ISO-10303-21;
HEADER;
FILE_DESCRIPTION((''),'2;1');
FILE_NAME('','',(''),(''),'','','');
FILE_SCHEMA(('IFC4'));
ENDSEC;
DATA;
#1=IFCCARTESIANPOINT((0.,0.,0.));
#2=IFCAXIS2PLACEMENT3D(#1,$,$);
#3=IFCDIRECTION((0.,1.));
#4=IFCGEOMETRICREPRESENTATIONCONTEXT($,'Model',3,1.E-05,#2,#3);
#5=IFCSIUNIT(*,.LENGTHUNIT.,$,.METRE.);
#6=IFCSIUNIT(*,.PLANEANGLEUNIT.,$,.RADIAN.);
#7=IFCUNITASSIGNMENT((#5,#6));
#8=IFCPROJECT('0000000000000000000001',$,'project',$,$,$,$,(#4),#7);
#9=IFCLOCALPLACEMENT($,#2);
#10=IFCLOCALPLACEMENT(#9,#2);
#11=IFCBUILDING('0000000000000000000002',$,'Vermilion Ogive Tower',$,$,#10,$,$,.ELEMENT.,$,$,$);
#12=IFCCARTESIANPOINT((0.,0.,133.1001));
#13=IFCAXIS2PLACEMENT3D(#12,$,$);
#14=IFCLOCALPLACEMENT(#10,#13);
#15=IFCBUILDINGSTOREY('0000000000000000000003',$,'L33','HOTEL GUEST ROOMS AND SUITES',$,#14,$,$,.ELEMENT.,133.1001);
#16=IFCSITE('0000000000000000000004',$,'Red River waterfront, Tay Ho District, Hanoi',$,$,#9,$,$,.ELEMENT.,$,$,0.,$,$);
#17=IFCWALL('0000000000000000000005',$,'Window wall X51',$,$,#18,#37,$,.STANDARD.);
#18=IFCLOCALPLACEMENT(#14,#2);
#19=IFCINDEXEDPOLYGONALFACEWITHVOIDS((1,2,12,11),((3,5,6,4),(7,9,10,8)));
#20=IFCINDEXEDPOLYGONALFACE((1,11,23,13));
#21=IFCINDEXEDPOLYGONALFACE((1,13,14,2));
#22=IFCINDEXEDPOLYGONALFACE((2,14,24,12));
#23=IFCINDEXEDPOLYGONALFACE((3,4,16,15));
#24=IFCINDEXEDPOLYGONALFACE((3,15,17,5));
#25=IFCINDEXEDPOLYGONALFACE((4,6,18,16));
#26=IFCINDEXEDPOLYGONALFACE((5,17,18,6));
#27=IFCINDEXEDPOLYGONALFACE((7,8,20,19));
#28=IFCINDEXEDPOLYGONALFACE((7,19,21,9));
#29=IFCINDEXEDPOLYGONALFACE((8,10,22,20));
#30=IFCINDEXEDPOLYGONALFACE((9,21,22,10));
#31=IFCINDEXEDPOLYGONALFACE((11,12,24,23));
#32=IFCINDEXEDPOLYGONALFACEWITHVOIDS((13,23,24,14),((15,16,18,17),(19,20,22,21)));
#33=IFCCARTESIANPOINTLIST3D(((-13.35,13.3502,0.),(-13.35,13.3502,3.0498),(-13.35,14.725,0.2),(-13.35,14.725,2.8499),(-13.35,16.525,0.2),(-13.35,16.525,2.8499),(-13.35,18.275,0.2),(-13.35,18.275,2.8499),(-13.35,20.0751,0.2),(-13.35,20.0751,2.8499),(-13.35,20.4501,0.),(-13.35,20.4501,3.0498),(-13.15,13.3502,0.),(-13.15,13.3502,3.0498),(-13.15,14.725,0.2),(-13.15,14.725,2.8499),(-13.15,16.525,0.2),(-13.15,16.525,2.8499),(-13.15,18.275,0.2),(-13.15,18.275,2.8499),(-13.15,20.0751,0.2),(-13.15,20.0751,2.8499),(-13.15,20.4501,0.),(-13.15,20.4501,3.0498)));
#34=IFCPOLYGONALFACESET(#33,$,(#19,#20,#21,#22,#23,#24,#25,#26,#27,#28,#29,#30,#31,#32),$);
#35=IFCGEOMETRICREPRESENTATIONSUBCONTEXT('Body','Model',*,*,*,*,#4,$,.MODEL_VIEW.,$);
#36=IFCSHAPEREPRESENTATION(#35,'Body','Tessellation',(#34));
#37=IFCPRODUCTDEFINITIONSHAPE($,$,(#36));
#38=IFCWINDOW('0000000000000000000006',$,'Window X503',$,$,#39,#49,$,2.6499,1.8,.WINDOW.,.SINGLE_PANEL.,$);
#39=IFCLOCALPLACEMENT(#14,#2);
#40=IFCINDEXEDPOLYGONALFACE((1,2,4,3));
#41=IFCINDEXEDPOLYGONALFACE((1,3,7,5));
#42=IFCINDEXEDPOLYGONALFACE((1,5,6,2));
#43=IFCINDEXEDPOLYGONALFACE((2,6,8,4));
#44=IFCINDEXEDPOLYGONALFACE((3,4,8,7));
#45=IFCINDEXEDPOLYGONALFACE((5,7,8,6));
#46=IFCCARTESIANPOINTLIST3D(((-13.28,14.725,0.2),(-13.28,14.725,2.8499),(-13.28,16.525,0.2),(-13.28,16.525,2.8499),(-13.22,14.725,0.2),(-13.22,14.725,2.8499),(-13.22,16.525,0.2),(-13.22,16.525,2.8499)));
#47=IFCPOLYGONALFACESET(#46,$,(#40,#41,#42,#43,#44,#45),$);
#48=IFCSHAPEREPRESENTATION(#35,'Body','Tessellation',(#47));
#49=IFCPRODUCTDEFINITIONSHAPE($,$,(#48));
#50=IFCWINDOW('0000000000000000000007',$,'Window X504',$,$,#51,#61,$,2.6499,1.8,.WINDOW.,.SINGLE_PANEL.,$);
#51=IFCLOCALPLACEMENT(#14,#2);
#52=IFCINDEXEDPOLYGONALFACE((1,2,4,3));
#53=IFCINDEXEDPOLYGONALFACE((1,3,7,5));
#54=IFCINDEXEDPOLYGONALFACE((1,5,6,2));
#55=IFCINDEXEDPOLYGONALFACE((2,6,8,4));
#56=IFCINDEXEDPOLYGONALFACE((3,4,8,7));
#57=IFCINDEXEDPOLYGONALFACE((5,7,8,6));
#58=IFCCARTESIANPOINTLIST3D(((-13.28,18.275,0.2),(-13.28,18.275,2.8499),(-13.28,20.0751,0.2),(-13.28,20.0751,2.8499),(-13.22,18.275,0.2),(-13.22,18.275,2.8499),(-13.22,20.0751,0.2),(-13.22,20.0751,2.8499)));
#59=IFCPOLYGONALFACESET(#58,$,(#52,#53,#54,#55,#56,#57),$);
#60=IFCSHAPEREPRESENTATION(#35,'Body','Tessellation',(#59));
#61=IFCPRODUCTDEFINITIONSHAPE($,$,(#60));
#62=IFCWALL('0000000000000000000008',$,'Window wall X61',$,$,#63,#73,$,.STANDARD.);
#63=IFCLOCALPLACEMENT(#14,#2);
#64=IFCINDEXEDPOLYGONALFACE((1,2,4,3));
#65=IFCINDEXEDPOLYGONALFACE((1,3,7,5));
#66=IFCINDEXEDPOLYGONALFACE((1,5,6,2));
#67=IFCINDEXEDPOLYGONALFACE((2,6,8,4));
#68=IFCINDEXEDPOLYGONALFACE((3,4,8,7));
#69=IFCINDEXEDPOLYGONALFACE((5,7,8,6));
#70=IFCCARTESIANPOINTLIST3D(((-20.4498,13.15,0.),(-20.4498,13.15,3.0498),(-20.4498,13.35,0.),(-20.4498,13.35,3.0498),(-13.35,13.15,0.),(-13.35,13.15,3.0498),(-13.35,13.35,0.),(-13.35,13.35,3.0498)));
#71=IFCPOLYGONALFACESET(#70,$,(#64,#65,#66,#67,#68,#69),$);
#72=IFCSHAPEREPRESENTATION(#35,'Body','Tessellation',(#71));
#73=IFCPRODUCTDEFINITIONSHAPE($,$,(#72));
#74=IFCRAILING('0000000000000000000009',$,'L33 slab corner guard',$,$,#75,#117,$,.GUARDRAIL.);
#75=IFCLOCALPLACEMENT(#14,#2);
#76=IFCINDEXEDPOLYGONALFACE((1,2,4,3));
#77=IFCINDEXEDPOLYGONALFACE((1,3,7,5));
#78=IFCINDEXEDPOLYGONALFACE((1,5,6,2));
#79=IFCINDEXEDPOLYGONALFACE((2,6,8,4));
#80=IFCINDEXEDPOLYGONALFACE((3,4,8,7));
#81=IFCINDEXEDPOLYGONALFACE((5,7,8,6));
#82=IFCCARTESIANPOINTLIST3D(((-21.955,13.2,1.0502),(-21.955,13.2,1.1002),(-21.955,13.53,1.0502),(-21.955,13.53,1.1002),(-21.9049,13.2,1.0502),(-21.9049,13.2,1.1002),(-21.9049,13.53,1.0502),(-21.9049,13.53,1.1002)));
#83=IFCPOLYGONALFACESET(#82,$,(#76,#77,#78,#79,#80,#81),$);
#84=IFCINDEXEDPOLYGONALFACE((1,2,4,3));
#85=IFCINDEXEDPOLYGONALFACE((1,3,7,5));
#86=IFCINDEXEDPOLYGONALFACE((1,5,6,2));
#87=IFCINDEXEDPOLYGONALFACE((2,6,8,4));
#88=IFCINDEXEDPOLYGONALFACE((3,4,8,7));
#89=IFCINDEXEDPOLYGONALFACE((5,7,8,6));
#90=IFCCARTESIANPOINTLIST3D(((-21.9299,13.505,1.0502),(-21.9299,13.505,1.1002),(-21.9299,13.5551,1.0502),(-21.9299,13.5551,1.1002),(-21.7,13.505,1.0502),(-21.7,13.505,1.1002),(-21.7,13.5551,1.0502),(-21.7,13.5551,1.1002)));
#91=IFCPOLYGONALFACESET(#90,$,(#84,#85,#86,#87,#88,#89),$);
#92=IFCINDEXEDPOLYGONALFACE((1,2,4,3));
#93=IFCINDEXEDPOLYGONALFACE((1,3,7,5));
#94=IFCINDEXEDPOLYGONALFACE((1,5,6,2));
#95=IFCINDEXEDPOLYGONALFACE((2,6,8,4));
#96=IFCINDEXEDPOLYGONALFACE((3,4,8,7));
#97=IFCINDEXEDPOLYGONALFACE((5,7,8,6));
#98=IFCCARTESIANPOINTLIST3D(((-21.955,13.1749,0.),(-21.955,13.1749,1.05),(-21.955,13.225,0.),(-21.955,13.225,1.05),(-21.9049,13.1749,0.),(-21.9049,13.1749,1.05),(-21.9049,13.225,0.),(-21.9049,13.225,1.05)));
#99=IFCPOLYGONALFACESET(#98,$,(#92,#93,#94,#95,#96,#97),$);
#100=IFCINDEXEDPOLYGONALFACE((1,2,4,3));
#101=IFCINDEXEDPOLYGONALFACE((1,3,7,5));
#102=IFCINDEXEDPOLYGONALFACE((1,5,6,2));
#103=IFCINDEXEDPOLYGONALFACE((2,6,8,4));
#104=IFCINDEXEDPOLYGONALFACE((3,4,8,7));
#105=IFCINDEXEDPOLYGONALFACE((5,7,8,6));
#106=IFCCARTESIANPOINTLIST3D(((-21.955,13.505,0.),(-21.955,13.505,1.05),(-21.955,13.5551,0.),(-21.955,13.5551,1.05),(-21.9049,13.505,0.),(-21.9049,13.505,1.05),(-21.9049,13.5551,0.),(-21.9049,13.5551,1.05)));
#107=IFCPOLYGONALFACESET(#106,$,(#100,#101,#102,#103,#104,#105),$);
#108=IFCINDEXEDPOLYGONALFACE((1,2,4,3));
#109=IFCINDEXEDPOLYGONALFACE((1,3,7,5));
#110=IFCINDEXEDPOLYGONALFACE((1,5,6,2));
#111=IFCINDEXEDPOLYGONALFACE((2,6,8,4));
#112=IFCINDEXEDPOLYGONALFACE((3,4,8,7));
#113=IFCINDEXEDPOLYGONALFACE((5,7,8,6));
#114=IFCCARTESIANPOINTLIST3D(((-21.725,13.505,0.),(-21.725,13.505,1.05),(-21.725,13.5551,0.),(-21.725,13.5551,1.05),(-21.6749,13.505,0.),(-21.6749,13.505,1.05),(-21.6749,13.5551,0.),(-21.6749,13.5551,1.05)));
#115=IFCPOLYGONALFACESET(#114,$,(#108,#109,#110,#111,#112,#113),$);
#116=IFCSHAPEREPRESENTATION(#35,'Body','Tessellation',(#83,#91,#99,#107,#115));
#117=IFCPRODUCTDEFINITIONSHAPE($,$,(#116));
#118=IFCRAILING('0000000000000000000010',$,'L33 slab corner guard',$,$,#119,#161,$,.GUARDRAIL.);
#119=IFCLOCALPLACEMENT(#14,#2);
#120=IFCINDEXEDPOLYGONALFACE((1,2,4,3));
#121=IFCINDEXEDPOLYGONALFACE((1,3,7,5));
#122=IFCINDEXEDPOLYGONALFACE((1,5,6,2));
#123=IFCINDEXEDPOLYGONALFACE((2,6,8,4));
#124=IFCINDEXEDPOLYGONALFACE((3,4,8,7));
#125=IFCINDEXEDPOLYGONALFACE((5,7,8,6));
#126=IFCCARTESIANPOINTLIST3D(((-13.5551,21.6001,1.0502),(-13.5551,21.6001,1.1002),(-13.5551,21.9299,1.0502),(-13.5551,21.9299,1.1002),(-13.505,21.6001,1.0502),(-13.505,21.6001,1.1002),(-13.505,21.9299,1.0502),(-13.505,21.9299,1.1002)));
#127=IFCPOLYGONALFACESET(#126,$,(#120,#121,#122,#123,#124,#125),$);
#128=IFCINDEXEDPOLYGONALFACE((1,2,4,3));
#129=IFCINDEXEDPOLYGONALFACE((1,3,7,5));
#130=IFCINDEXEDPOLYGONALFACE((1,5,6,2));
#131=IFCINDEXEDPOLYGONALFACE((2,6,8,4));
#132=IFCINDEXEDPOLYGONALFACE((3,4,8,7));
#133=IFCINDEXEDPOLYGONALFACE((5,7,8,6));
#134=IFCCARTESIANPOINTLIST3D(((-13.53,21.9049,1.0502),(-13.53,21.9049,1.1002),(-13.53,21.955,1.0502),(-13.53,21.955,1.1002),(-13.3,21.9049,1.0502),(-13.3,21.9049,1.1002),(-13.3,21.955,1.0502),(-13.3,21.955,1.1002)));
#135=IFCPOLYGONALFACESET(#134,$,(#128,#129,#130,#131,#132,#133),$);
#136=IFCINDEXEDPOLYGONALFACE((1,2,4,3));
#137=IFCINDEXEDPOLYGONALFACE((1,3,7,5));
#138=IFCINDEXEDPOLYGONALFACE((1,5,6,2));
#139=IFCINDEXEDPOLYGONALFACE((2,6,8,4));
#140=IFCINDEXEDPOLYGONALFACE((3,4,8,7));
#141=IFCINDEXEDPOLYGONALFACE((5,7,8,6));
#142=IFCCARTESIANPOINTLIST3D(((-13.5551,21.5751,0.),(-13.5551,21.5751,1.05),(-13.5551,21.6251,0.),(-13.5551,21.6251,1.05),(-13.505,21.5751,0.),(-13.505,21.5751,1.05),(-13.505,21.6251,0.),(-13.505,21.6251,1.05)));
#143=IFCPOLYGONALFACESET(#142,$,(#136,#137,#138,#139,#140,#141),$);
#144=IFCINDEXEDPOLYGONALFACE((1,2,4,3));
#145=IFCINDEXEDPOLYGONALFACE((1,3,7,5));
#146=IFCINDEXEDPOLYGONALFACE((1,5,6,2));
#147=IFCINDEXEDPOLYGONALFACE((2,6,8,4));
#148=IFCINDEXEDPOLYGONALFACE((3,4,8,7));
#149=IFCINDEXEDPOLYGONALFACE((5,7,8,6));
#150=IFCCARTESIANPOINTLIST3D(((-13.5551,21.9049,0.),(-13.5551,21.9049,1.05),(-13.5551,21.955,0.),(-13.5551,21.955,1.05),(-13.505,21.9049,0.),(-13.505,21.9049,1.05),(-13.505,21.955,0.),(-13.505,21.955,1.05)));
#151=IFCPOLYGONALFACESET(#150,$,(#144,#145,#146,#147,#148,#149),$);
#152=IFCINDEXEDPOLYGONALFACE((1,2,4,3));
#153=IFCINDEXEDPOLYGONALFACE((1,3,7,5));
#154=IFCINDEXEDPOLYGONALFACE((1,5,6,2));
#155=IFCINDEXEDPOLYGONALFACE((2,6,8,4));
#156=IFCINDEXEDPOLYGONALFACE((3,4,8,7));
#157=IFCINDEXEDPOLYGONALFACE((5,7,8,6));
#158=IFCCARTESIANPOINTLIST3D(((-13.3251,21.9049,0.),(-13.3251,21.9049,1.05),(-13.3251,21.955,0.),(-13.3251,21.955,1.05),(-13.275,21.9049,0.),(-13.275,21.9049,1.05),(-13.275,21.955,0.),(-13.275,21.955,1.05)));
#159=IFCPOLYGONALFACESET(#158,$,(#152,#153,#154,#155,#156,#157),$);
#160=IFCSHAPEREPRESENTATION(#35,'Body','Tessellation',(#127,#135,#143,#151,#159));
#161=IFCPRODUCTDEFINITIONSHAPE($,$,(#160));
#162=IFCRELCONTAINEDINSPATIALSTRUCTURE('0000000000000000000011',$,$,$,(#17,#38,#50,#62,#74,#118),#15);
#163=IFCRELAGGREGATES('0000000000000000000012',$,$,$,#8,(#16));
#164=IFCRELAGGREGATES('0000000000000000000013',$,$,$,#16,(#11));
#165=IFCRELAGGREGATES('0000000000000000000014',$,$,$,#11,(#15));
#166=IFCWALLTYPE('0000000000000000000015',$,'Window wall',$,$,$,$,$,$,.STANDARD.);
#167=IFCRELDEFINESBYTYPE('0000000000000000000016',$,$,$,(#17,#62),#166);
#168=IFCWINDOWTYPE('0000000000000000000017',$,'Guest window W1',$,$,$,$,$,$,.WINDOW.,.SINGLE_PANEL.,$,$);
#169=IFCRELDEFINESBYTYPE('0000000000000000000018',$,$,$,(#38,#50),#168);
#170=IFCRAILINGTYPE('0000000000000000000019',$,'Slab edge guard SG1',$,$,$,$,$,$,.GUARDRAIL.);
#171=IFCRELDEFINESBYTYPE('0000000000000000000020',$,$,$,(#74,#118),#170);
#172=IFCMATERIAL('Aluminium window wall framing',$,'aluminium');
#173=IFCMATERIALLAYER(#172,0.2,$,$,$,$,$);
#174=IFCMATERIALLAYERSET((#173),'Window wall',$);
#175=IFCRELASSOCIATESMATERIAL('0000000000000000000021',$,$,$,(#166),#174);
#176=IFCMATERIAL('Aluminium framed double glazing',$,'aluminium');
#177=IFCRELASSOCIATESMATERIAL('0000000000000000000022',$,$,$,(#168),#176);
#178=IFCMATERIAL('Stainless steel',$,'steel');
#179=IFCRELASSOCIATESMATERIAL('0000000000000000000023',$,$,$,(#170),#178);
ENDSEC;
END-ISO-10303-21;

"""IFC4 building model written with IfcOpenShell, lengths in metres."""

from ifc_helpers import new_model, si_unit, direction, frame, frame_2d, origin, origin_2d, place, context, subcontext, project, spatial, rectangle, extrude, material, layer, layer_set, type_object, element, fill, save


model = new_model("IFC4")

# Units and contexts
model_context = context("Model", 3, precision=1e-05, world=origin(), true_north=direction((0.0, 1.0)))
body_context = subcontext(model_context, "Body", "Model", "MODEL_VIEW")
ifc_project = project(units=[si_unit("LENGTHUNIT", "METRE"), si_unit("PLANEANGLEUNIT", "RADIAN")], contexts=[model_context])

# Site, building, storey
site_placement = place(None, origin())
site = spatial("IfcSite", under=ifc_project, at=site_placement, Name="Red River waterfront, Tay Ho District, Hanoi", CompositionType="ELEMENT", RefElevation=0.0)
building_placement = place(site_placement, origin())
building = spatial("IfcBuilding", under=site, at=building_placement, Name="Vermilion Ogive Tower", CompositionType="ELEMENT")
storey_placement = place(building_placement, frame((0.0, 0.0, 133.1001)))
storey = spatial("IfcBuildingStorey", under=building, at=storey_placement, Name="L33", Description="HOTEL GUEST ROOMS AND SUITES", CompositionType="ELEMENT", Elevation=133.1001)

# Wall, openings, windows
ifc_material_1 = material(Name="Aluminium window wall framing", Category="aluminium")
ifc_layer_1 = layer(ifc_material_1, 0.2)
ifc_layer_set_1 = layer_set([ifc_layer_1], Name="Window wall")
wall_type_1 = type_object("IfcWallType", Name="Window wall", PredefinedType="STANDARD", material=ifc_layer_set_1)
wall_1_placement = place(storey_placement, frame((-13.25, 20.45, 0.0), z_axis=(0.0, 0.0, 1.0), x_axis=(0.0, -1.0, 0.0)))
wall_1 = element("IfcWall", 1, at=wall_1_placement, inside=storey, type_object=wall_type_1, Name="Window wall X51", PredefinedType="STANDARD", context=body_context, shape_type="SweptSolid", body=[
    extrude(rectangle(XDim=7.0999, YDim=0.2, at=frame_2d((3.5498, 0.0))), origin(), (0.0, 0.0, 1.0), 3.0498),
])
opening_1_placement = place(wall_1_placement, frame((3.925, 0.0, 0.2)))
opening_1 = element("IfcOpeningElement", 2, at=opening_1_placement, cuts=wall_1, PredefinedType="OPENING", context=body_context, shape_type="SweptSolid", body=[
    extrude(rectangle(XDim=1.8, YDim=2.6499, at=frame_2d((0.8999, 1.325))), frame((0.0, 0.1099, 0.0), z_axis=(0.0, -1.0, 0.0), x_axis=(1.0, 0.0, 0.0)), (0.0, 0.0, 1.0), 0.22),
])
opening_2_placement = place(wall_1_placement, frame((0.375, 0.0, 0.2)))
opening_2 = element("IfcOpeningElement", 3, at=opening_2_placement, cuts=wall_1, PredefinedType="OPENING", context=body_context, shape_type="SweptSolid", body=[
    extrude(rectangle(XDim=1.8, YDim=2.6499, at=frame_2d((0.8999, 1.325))), frame((0.0, 0.1099, 0.0), z_axis=(0.0, -1.0, 0.0), x_axis=(1.0, 0.0, 0.0)), (0.0, 0.0, 1.0), 0.22),
])
ifc_material_2 = material(Name="Aluminium framed double glazing", Category="aluminium")
window_type = type_object("IfcWindowType", Name="Guest window W1", PartitioningType="SINGLE_PANEL", PredefinedType="WINDOW", material=ifc_material_2)
window_1_placement = place(opening_1_placement, origin())
window_1 = element("IfcWindow", 4, at=window_1_placement, inside=storey, type_object=window_type, Name="Window X503", OverallHeight=2.6499, OverallWidth=1.8, PartitioningType="SINGLE_PANEL", PredefinedType="WINDOW", context=body_context, shape_type="SweptSolid", body=[
    extrude(rectangle(XDim=1.8, YDim=2.6499, at=frame_2d((0.8999, 1.325))), frame((0.0, 0.03, 0.0), z_axis=(0.0, -1.0, 0.0), x_axis=(1.0, 0.0, 0.0)), (0.0, 0.0, 1.0), 0.0601),
])
fill(opening_1, window_1)
window_2_placement = place(opening_2_placement, origin())
window_2 = element("IfcWindow", 5, at=window_2_placement, inside=storey, type_object=window_type, Name="Window X504", OverallHeight=2.6499, OverallWidth=1.8, PartitioningType="SINGLE_PANEL", PredefinedType="WINDOW", context=body_context, shape_type="SweptSolid", body=[
    extrude(rectangle(XDim=1.8, YDim=2.6499, at=frame_2d((0.8999, 1.325))), frame((0.0, 0.03, 0.0), z_axis=(0.0, -1.0, 0.0), x_axis=(1.0, 0.0, 0.0)), (0.0, 0.0, 1.0), 0.0601),
])
fill(opening_2, window_2)

# Wall
wall_2_placement = place(storey_placement, frame((-13.3501, 13.25, 0.0), z_axis=(0.0, 0.0, 1.0), x_axis=(-1.0, 0.0, 0.0)))
element("IfcWall", 6, at=wall_2_placement, inside=storey, type_object=wall_type_1, Name="Window wall X61", PredefinedType="STANDARD", context=body_context, shape_type="SweptSolid", body=[
    extrude(rectangle(XDim=7.0999, YDim=0.2, at=frame_2d((3.5498, 0.0))), origin(), (0.0, 0.0, 1.0), 3.0498),
])

# Railings
ifc_material_3 = material(Name="Stainless steel", Category="steel")
railing_type = type_object("IfcRailingType", Name="Slab edge guard SG1", PredefinedType="GUARDRAIL", material=ifc_material_3)
railing_1_placement = place(storey_placement, frame((-21.9299, 13.2, 0.0)))
element("IfcRailing", 7, at=railing_1_placement, inside=storey, type_object=railing_type, Name="L33 slab corner guard", PredefinedType="GUARDRAIL", context=body_context, shape_type="SweptSolid", body=[
    extrude(rectangle(XDim=0.05, YDim=0.05, at=origin_2d()), frame((0.0, 0.0, 1.0752), z_axis=(0.0, 1.0, 0.0), x_axis=(-1.0, 0.0, 0.0)), (0.0, 0.0, 1.0), 0.3301),
    extrude(rectangle(XDim=0.05, YDim=0.05, at=origin_2d()), frame((0.0, 0.3301, 1.0752), z_axis=(1.0, 0.0, 0.0), x_axis=(0.0, 1.0, 0.0)), (0.0, 0.0, 1.0), 0.23),
    extrude(rectangle(XDim=0.05, YDim=0.05, at=origin_2d()), origin(), (0.0, 0.0, 1.0), 1.05),
    extrude(rectangle(XDim=0.05, YDim=0.05, at=origin_2d()), frame((0.0, 0.3301, 0.0)), (0.0, 0.0, 1.0), 1.05),
    extrude(rectangle(XDim=0.05, YDim=0.05, at=origin_2d()), frame((0.23, 0.3301, 0.0)), (0.0, 0.0, 1.0), 1.05),
])
railing_2_placement = place(storey_placement, frame((-13.53, 21.6001, 0.0)))
element("IfcRailing", 8, at=railing_2_placement, inside=storey, type_object=railing_type, Name="L33 slab corner guard", PredefinedType="GUARDRAIL", context=body_context, shape_type="SweptSolid", body=[
    extrude(rectangle(XDim=0.05, YDim=0.05, at=origin_2d()), frame((0.0, 0.0, 1.0752), z_axis=(0.0, 1.0, 0.0), x_axis=(-1.0, 0.0, 0.0)), (0.0, 0.0, 1.0), 0.3298),
    extrude(rectangle(XDim=0.05, YDim=0.05, at=origin_2d()), frame((0.0, 0.3298, 1.0752), z_axis=(1.0, 0.0, 0.0), x_axis=(0.0, 1.0, 0.0)), (0.0, 0.0, 1.0), 0.23),
    extrude(rectangle(XDim=0.05, YDim=0.05, at=origin_2d()), origin(), (0.0, 0.0, 1.0), 1.05),
    extrude(rectangle(XDim=0.05, YDim=0.05, at=origin_2d()), frame((0.0, 0.3298, 0.0)), (0.0, 0.0, 1.0), 1.05),
    extrude(rectangle(XDim=0.05, YDim=0.05, at=origin_2d()), frame((0.23, 0.3298, 0.0)), (0.0, 0.0, 1.0), 1.05),
])

save(model, "model.ifc")
